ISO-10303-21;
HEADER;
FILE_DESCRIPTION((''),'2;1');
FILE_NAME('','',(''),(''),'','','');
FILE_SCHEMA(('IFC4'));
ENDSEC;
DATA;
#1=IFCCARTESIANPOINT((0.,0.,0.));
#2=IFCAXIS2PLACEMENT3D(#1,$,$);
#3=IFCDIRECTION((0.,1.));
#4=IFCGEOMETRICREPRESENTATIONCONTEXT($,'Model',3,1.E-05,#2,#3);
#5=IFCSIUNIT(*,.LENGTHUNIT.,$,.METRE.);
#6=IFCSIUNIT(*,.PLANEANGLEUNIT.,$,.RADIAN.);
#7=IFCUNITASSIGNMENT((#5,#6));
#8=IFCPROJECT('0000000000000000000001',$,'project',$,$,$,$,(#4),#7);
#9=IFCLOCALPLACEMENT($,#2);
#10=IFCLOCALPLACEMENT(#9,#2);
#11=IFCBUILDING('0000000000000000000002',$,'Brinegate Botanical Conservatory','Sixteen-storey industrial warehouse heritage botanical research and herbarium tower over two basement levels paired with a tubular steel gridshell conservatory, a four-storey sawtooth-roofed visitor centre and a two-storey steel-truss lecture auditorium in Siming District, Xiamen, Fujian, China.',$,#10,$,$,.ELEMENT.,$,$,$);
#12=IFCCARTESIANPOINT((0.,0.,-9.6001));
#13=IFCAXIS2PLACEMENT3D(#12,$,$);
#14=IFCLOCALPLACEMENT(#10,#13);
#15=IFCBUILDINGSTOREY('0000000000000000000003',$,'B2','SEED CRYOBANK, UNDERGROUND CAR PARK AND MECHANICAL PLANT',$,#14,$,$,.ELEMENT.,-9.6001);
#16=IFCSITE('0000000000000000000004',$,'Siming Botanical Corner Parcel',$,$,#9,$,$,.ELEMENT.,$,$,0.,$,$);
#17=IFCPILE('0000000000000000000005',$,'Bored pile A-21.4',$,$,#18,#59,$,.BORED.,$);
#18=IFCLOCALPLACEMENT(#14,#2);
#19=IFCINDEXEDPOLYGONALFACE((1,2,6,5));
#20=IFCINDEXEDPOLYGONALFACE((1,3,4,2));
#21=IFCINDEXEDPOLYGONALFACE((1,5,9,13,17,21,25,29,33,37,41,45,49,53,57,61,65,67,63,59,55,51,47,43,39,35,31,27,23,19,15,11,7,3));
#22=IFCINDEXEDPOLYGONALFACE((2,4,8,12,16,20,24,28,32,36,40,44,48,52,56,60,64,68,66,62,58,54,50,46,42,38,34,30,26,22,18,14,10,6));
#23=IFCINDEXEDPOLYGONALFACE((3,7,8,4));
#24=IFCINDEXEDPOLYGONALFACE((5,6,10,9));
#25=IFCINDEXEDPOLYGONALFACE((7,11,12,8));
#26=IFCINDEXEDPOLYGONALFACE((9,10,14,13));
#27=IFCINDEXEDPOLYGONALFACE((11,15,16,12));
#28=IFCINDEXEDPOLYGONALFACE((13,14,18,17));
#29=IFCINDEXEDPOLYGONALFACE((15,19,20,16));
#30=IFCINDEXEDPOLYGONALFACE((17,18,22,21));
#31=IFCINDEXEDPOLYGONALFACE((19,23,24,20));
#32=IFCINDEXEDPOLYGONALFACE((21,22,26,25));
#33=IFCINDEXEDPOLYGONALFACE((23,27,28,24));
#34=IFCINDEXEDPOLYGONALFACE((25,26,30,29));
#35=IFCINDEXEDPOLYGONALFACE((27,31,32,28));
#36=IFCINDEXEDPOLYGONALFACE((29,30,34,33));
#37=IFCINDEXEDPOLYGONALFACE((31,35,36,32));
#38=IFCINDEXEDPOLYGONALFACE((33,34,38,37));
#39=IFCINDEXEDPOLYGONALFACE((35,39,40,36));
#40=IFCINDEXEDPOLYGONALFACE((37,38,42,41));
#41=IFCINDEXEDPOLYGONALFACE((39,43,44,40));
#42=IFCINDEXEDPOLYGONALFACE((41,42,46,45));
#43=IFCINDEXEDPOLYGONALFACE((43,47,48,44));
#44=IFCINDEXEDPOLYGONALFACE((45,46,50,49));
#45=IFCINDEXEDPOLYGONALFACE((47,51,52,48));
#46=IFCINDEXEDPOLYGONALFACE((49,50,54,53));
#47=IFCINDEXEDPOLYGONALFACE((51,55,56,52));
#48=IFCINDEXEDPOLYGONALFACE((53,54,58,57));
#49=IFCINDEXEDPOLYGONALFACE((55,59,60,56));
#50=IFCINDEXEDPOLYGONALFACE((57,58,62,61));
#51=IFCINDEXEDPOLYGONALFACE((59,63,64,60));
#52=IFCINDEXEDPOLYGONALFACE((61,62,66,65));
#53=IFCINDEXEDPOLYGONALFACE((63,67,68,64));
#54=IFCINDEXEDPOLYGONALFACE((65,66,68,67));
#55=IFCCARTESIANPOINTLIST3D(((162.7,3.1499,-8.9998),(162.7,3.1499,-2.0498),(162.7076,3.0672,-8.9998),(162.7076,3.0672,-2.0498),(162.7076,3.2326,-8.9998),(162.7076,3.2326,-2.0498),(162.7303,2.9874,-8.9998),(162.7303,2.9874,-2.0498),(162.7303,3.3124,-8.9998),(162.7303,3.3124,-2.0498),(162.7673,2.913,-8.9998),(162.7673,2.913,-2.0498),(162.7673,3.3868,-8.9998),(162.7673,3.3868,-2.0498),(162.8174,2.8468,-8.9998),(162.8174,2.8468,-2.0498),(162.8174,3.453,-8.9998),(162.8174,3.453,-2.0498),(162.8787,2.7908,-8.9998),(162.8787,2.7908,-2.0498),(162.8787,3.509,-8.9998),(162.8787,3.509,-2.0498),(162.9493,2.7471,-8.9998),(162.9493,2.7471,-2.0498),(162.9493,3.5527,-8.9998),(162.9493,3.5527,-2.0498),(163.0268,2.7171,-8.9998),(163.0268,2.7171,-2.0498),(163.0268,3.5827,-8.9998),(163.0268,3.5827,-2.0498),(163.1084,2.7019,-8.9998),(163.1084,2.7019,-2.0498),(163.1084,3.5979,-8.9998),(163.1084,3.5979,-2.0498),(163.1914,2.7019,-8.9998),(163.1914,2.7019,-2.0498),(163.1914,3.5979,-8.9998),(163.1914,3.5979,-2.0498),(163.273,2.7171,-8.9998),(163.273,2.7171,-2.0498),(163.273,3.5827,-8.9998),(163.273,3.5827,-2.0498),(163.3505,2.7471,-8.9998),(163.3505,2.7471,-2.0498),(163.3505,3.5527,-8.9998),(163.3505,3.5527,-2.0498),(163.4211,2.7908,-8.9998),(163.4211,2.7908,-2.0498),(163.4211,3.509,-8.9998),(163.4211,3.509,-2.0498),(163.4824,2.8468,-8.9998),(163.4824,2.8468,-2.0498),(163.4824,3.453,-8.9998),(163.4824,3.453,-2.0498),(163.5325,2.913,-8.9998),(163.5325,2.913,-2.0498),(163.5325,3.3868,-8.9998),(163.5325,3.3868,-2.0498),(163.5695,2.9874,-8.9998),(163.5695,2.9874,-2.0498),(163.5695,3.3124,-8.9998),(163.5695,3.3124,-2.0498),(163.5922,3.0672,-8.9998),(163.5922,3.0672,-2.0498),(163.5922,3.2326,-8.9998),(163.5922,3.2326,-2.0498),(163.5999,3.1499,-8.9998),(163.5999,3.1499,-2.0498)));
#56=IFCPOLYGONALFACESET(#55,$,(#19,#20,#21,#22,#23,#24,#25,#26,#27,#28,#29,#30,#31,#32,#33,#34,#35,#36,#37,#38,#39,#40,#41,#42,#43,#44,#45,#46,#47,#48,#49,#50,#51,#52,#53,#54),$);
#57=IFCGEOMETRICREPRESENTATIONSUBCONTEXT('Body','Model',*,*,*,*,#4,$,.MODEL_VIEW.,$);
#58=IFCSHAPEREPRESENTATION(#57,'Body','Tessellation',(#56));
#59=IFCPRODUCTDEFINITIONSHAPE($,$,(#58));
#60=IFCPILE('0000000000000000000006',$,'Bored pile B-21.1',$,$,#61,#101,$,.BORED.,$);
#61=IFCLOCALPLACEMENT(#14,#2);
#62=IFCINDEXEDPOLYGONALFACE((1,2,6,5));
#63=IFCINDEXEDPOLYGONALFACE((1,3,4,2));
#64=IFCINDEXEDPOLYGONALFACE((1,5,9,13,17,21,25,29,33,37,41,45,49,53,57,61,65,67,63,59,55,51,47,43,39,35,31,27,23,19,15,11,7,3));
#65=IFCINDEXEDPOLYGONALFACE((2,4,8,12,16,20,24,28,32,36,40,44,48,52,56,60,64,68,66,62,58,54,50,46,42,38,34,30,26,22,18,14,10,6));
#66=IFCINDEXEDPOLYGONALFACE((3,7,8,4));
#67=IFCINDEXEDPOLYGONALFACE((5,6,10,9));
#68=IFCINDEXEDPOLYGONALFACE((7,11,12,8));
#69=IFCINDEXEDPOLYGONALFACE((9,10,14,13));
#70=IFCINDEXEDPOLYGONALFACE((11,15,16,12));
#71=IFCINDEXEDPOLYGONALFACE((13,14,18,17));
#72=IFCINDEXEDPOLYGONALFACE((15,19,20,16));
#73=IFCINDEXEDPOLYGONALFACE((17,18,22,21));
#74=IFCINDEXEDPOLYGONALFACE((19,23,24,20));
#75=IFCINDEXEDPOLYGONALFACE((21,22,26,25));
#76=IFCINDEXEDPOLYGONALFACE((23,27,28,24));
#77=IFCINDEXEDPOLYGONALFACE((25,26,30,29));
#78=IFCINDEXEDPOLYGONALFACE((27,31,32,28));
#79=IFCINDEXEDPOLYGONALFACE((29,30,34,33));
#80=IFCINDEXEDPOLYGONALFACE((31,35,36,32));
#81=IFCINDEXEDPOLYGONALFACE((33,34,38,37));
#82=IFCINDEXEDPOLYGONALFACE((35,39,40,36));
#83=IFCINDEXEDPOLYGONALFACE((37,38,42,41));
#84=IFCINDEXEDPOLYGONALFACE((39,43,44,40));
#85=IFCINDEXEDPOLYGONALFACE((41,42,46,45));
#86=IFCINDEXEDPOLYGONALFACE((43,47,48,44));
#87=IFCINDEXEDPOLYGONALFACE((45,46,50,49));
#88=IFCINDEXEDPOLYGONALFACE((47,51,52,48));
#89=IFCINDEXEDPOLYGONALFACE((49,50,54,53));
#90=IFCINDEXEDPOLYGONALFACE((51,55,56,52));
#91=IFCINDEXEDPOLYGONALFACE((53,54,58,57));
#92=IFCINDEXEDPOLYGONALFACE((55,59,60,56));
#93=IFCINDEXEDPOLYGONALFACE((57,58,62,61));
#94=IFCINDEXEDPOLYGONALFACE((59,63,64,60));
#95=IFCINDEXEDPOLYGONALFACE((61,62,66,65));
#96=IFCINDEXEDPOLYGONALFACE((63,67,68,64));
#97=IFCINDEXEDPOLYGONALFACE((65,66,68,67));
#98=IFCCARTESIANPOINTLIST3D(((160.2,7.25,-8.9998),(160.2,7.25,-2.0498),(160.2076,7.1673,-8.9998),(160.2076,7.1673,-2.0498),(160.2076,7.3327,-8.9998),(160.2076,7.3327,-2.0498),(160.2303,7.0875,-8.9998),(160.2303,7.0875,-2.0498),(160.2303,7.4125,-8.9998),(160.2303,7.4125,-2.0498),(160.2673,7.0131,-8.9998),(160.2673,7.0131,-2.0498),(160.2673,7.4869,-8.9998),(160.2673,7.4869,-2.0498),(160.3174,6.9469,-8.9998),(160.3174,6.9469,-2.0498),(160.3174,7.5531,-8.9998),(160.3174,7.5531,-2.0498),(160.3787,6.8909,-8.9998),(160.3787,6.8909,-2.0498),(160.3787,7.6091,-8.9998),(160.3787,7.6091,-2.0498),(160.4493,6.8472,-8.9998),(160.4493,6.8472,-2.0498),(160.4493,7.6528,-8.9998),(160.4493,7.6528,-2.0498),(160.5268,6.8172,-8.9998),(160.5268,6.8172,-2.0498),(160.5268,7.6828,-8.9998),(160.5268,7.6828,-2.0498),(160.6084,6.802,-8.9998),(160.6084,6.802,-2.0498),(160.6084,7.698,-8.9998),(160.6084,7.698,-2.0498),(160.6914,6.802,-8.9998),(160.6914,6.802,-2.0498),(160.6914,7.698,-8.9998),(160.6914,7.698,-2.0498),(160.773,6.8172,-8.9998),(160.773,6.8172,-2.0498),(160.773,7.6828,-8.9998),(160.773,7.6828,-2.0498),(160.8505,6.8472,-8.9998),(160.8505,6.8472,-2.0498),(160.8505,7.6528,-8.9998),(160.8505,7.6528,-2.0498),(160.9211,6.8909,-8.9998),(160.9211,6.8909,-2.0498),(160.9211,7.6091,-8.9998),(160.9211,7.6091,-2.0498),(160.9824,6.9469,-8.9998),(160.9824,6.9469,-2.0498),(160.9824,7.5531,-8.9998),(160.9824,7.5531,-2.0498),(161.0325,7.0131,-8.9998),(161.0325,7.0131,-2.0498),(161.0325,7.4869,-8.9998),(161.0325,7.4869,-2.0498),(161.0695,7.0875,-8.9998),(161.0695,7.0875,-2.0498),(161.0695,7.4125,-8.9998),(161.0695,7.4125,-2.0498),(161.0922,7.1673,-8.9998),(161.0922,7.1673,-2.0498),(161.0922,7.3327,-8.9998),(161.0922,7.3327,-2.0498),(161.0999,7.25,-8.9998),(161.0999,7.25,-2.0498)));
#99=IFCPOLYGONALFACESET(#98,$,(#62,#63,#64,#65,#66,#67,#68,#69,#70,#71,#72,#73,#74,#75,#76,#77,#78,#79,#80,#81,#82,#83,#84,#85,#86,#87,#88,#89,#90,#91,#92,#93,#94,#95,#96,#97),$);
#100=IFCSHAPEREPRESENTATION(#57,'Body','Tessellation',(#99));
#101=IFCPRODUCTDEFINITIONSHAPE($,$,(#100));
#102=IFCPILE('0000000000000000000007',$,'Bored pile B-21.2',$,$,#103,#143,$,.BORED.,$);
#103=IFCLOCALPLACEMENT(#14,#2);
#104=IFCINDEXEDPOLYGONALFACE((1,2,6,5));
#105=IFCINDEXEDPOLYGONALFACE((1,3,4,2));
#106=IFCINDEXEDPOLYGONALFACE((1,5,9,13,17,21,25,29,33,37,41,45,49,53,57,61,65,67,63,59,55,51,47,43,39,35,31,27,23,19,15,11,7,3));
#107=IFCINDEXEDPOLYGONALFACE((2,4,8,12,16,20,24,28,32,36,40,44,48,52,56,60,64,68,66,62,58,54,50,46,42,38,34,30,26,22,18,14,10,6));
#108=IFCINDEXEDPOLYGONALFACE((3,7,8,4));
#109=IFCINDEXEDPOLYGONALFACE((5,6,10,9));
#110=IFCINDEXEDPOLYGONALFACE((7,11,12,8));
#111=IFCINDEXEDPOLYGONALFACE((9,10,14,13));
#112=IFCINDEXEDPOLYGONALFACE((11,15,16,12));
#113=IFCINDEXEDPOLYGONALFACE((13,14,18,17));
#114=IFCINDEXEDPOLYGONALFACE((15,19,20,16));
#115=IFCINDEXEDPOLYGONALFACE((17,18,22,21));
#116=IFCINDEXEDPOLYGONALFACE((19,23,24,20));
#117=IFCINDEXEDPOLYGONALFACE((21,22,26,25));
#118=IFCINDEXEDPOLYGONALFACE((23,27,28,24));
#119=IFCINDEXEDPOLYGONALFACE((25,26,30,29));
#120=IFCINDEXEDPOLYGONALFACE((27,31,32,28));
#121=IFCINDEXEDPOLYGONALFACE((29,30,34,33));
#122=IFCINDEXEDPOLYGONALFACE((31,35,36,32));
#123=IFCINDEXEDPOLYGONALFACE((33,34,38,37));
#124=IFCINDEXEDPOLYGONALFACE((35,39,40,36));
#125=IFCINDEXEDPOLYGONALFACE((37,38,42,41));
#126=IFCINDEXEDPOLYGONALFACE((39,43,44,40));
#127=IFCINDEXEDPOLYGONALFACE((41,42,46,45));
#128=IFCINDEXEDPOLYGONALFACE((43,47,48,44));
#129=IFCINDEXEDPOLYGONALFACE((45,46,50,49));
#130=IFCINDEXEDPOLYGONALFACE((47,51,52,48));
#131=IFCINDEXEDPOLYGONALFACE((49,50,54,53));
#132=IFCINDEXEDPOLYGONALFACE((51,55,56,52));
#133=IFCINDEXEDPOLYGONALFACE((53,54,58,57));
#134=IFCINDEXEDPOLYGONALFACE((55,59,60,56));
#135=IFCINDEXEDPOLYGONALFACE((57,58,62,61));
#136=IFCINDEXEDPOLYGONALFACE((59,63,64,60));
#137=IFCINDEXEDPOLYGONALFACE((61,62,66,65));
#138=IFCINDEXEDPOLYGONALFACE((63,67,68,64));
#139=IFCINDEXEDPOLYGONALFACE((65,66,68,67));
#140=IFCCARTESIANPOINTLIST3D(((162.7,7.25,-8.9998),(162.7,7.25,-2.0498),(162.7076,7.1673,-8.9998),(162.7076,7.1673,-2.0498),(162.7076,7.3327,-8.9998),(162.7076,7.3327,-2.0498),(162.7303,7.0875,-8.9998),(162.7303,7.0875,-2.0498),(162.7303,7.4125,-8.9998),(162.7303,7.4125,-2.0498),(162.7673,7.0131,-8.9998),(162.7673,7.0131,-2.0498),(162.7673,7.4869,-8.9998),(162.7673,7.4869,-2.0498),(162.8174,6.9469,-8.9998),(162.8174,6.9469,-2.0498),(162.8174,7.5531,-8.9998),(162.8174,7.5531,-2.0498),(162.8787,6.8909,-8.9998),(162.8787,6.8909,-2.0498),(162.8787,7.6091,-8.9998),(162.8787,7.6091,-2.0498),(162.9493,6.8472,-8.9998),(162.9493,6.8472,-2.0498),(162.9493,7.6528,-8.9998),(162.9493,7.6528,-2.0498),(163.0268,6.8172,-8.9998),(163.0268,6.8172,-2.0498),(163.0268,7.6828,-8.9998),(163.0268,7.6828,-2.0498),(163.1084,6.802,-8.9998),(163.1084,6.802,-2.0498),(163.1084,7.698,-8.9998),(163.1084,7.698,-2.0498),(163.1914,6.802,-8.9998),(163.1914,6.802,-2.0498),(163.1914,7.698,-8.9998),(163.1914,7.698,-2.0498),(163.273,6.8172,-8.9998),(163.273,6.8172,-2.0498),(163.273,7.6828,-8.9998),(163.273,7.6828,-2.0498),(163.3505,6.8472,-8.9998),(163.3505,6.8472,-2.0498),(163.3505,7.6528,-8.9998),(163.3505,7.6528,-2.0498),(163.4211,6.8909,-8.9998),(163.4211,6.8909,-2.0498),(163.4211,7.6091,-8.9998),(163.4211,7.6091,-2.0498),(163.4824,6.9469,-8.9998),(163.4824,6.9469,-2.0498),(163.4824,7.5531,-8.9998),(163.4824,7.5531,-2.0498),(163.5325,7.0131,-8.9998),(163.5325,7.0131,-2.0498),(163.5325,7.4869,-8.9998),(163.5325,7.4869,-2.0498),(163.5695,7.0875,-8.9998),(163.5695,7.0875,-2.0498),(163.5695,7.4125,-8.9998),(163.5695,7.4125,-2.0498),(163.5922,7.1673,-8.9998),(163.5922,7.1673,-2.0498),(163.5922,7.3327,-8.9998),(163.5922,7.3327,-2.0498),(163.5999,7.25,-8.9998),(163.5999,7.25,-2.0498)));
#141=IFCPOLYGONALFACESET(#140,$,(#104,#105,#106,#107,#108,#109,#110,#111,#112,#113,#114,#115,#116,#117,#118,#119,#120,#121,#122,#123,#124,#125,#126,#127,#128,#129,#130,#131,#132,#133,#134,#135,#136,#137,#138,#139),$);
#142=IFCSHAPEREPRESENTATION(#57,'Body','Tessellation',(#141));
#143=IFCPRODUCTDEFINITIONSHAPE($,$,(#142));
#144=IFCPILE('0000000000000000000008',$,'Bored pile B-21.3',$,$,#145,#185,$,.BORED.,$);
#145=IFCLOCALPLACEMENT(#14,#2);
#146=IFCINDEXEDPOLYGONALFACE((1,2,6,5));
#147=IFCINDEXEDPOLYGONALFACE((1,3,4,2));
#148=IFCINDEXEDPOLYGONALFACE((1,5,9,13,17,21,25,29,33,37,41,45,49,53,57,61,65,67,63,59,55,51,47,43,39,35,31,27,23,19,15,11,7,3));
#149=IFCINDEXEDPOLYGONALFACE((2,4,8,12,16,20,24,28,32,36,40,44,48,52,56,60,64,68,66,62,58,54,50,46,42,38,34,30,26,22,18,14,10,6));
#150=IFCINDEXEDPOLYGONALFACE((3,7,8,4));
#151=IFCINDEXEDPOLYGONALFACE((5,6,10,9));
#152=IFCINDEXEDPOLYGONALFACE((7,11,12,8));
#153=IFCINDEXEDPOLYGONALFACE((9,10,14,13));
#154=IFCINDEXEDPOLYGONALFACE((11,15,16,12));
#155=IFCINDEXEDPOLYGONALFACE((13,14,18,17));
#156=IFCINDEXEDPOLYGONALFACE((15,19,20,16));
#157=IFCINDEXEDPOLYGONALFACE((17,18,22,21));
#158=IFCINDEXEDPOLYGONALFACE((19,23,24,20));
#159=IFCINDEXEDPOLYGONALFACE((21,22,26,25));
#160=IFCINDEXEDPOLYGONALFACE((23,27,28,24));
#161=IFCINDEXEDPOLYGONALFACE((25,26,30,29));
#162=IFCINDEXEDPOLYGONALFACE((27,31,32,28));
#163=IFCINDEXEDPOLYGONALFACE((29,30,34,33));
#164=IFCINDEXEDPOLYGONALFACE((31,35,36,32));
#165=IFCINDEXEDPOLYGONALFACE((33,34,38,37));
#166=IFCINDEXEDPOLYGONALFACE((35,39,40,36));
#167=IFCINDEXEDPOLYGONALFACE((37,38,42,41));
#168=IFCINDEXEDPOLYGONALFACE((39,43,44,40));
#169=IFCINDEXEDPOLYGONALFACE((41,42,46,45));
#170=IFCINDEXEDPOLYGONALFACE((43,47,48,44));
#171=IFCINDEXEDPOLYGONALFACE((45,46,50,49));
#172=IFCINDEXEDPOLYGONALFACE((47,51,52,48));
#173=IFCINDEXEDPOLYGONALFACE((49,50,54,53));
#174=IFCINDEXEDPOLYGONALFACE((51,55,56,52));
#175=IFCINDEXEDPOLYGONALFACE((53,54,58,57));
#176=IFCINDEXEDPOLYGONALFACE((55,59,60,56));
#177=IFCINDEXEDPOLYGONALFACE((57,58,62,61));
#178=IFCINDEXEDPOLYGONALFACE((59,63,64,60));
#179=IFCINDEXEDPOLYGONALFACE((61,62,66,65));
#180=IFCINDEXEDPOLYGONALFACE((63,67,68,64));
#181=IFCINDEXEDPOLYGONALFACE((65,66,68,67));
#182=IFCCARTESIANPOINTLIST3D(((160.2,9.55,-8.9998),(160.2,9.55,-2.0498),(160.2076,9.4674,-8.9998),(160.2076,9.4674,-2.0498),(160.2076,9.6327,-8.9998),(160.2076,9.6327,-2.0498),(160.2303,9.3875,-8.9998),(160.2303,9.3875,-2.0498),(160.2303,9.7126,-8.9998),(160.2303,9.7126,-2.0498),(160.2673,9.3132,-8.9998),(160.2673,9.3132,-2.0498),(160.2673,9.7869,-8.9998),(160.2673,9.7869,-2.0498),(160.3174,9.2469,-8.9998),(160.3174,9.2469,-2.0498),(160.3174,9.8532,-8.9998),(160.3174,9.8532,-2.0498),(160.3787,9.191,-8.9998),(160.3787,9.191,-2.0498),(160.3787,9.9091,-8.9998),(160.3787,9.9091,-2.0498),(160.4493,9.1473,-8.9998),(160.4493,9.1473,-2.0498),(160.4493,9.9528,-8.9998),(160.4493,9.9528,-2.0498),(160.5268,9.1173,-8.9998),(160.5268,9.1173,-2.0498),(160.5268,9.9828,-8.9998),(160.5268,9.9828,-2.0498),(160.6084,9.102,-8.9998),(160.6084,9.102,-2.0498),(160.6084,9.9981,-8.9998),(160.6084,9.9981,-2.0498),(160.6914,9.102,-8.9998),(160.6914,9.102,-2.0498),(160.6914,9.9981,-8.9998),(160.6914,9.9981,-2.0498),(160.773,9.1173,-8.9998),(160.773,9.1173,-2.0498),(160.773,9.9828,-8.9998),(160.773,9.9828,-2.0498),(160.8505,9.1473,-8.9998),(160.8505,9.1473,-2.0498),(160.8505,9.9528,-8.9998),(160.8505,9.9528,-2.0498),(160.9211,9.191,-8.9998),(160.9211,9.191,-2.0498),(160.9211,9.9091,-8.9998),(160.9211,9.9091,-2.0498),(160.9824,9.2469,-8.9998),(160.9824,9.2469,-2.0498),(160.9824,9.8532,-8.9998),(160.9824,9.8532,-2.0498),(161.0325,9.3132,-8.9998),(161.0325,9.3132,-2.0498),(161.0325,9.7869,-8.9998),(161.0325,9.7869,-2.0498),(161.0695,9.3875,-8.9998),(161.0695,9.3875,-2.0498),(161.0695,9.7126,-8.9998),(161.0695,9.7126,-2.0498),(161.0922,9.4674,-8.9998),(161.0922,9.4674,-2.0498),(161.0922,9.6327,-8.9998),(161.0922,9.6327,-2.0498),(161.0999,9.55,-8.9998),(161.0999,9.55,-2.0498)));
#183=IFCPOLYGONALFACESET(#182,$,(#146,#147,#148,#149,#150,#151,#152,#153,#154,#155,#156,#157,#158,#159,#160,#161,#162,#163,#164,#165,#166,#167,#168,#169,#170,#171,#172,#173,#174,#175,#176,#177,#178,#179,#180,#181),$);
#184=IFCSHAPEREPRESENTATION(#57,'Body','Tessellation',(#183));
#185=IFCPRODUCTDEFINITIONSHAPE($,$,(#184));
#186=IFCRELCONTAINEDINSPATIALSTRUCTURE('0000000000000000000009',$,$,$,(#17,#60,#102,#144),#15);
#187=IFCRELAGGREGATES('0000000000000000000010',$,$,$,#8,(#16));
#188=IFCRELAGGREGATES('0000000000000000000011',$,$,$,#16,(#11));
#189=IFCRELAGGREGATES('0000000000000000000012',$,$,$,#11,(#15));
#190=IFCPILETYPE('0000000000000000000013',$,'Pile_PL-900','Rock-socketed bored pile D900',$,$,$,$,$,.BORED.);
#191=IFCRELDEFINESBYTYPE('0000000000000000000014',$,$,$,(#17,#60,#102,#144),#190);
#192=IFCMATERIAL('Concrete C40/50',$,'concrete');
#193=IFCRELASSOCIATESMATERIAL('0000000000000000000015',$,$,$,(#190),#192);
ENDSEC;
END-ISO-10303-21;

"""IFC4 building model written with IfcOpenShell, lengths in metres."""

from ifc_helpers import new_model, si_unit, direction, frame, origin, origin_2d, place, context, subcontext, project, spatial, circle, extrude, material, material_profile, profile_set, type_object, element, save


model = new_model("IFC4")

# Units and contexts
model_context = context("Model", 3, precision=1e-05, world=origin(), true_north=direction((0.0, 1.0)))
body_context = subcontext(model_context, "Body", "Model", "MODEL_VIEW")
ifc_project = project(units=[si_unit("LENGTHUNIT", "METRE"), si_unit("PLANEANGLEUNIT", "RADIAN")], contexts=[model_context])

# Site, building, storey
site_placement = place(None, origin())
site = spatial("IfcSite", under=ifc_project, at=site_placement, Name="Siming Botanical Corner Parcel", CompositionType="ELEMENT", RefElevation=0.0)
building_placement = place(site_placement, origin())
building = spatial("IfcBuilding", under=site, at=building_placement, Name="Brinegate Botanical Conservatory", Description="Sixteen-storey industrial warehouse heritage botanical research and herbarium tower over two basement levels paired with a tubular steel gridshell conservatory, a four-storey sawtooth-roofed visitor centre and a two-storey steel-truss lecture auditorium in Siming District, Xiamen, Fujian, China.", CompositionType="ELEMENT")
storey_placement = place(building_placement, frame((0.0, 0.0, -9.6001)))
storey = spatial("IfcBuildingStorey", under=building, at=storey_placement, Name="B2", Description="SEED CRYOBANK, UNDERGROUND CAR PARK AND MECHANICAL PLANT", CompositionType="ELEMENT", Elevation=-9.6001)

# Shared definitions
ifc_material_1 = material(Name="Concrete C40/50", Category="concrete")

# Piles
ifc_material_profile_1 = material_profile(ifc_material_1, circle(Radius=0.45, at=origin_2d()), Name="PILE D900")
ifc_profile_set_1 = profile_set([ifc_material_profile_1], Name="Concrete C40/50")
pile_type = type_object("IfcPileType", Name="Pile_PL-900", Description="Rock-socketed bored pile D900", PredefinedType="BORED", material=ifc_profile_set_1)
for number, where, z_axis, x_axis, name in (
    (1, (163.1499, 3.1499, -2.0498), (0.0, 0.0, -1.0), (1.0, 0.0, 0.0), "Bored pile A-21.4"),
    (2, (160.6499, 7.25, -2.0498), (0.0, 0.0, -1.0), (1.0, 0.0, 0.0), "Bored pile B-21.1"),
    (3, (163.1499, 7.25, -2.0498), (0.0, 0.0, -1.0), (1.0, 0.0, 0.0), "Bored pile B-21.2"),
    (4, (160.6499, 9.55, -2.0498), (0.0, 0.0, -1.0), (1.0, 0.0, 0.0), "Bored pile B-21.3"),
):
    element("IfcPile", number, at=place(storey_placement, frame(where, z_axis=z_axis, x_axis=x_axis)), inside=storey, type_object=pile_type, Name=name, PredefinedType="BORED", context=body_context, shape_type="SweptSolid", body=[
        extrude(circle(Radius=0.45, at=origin_2d()), origin(), (0.0, 0.0, 1.0), 6.95),
    ])

save(model, "model.ifc")
